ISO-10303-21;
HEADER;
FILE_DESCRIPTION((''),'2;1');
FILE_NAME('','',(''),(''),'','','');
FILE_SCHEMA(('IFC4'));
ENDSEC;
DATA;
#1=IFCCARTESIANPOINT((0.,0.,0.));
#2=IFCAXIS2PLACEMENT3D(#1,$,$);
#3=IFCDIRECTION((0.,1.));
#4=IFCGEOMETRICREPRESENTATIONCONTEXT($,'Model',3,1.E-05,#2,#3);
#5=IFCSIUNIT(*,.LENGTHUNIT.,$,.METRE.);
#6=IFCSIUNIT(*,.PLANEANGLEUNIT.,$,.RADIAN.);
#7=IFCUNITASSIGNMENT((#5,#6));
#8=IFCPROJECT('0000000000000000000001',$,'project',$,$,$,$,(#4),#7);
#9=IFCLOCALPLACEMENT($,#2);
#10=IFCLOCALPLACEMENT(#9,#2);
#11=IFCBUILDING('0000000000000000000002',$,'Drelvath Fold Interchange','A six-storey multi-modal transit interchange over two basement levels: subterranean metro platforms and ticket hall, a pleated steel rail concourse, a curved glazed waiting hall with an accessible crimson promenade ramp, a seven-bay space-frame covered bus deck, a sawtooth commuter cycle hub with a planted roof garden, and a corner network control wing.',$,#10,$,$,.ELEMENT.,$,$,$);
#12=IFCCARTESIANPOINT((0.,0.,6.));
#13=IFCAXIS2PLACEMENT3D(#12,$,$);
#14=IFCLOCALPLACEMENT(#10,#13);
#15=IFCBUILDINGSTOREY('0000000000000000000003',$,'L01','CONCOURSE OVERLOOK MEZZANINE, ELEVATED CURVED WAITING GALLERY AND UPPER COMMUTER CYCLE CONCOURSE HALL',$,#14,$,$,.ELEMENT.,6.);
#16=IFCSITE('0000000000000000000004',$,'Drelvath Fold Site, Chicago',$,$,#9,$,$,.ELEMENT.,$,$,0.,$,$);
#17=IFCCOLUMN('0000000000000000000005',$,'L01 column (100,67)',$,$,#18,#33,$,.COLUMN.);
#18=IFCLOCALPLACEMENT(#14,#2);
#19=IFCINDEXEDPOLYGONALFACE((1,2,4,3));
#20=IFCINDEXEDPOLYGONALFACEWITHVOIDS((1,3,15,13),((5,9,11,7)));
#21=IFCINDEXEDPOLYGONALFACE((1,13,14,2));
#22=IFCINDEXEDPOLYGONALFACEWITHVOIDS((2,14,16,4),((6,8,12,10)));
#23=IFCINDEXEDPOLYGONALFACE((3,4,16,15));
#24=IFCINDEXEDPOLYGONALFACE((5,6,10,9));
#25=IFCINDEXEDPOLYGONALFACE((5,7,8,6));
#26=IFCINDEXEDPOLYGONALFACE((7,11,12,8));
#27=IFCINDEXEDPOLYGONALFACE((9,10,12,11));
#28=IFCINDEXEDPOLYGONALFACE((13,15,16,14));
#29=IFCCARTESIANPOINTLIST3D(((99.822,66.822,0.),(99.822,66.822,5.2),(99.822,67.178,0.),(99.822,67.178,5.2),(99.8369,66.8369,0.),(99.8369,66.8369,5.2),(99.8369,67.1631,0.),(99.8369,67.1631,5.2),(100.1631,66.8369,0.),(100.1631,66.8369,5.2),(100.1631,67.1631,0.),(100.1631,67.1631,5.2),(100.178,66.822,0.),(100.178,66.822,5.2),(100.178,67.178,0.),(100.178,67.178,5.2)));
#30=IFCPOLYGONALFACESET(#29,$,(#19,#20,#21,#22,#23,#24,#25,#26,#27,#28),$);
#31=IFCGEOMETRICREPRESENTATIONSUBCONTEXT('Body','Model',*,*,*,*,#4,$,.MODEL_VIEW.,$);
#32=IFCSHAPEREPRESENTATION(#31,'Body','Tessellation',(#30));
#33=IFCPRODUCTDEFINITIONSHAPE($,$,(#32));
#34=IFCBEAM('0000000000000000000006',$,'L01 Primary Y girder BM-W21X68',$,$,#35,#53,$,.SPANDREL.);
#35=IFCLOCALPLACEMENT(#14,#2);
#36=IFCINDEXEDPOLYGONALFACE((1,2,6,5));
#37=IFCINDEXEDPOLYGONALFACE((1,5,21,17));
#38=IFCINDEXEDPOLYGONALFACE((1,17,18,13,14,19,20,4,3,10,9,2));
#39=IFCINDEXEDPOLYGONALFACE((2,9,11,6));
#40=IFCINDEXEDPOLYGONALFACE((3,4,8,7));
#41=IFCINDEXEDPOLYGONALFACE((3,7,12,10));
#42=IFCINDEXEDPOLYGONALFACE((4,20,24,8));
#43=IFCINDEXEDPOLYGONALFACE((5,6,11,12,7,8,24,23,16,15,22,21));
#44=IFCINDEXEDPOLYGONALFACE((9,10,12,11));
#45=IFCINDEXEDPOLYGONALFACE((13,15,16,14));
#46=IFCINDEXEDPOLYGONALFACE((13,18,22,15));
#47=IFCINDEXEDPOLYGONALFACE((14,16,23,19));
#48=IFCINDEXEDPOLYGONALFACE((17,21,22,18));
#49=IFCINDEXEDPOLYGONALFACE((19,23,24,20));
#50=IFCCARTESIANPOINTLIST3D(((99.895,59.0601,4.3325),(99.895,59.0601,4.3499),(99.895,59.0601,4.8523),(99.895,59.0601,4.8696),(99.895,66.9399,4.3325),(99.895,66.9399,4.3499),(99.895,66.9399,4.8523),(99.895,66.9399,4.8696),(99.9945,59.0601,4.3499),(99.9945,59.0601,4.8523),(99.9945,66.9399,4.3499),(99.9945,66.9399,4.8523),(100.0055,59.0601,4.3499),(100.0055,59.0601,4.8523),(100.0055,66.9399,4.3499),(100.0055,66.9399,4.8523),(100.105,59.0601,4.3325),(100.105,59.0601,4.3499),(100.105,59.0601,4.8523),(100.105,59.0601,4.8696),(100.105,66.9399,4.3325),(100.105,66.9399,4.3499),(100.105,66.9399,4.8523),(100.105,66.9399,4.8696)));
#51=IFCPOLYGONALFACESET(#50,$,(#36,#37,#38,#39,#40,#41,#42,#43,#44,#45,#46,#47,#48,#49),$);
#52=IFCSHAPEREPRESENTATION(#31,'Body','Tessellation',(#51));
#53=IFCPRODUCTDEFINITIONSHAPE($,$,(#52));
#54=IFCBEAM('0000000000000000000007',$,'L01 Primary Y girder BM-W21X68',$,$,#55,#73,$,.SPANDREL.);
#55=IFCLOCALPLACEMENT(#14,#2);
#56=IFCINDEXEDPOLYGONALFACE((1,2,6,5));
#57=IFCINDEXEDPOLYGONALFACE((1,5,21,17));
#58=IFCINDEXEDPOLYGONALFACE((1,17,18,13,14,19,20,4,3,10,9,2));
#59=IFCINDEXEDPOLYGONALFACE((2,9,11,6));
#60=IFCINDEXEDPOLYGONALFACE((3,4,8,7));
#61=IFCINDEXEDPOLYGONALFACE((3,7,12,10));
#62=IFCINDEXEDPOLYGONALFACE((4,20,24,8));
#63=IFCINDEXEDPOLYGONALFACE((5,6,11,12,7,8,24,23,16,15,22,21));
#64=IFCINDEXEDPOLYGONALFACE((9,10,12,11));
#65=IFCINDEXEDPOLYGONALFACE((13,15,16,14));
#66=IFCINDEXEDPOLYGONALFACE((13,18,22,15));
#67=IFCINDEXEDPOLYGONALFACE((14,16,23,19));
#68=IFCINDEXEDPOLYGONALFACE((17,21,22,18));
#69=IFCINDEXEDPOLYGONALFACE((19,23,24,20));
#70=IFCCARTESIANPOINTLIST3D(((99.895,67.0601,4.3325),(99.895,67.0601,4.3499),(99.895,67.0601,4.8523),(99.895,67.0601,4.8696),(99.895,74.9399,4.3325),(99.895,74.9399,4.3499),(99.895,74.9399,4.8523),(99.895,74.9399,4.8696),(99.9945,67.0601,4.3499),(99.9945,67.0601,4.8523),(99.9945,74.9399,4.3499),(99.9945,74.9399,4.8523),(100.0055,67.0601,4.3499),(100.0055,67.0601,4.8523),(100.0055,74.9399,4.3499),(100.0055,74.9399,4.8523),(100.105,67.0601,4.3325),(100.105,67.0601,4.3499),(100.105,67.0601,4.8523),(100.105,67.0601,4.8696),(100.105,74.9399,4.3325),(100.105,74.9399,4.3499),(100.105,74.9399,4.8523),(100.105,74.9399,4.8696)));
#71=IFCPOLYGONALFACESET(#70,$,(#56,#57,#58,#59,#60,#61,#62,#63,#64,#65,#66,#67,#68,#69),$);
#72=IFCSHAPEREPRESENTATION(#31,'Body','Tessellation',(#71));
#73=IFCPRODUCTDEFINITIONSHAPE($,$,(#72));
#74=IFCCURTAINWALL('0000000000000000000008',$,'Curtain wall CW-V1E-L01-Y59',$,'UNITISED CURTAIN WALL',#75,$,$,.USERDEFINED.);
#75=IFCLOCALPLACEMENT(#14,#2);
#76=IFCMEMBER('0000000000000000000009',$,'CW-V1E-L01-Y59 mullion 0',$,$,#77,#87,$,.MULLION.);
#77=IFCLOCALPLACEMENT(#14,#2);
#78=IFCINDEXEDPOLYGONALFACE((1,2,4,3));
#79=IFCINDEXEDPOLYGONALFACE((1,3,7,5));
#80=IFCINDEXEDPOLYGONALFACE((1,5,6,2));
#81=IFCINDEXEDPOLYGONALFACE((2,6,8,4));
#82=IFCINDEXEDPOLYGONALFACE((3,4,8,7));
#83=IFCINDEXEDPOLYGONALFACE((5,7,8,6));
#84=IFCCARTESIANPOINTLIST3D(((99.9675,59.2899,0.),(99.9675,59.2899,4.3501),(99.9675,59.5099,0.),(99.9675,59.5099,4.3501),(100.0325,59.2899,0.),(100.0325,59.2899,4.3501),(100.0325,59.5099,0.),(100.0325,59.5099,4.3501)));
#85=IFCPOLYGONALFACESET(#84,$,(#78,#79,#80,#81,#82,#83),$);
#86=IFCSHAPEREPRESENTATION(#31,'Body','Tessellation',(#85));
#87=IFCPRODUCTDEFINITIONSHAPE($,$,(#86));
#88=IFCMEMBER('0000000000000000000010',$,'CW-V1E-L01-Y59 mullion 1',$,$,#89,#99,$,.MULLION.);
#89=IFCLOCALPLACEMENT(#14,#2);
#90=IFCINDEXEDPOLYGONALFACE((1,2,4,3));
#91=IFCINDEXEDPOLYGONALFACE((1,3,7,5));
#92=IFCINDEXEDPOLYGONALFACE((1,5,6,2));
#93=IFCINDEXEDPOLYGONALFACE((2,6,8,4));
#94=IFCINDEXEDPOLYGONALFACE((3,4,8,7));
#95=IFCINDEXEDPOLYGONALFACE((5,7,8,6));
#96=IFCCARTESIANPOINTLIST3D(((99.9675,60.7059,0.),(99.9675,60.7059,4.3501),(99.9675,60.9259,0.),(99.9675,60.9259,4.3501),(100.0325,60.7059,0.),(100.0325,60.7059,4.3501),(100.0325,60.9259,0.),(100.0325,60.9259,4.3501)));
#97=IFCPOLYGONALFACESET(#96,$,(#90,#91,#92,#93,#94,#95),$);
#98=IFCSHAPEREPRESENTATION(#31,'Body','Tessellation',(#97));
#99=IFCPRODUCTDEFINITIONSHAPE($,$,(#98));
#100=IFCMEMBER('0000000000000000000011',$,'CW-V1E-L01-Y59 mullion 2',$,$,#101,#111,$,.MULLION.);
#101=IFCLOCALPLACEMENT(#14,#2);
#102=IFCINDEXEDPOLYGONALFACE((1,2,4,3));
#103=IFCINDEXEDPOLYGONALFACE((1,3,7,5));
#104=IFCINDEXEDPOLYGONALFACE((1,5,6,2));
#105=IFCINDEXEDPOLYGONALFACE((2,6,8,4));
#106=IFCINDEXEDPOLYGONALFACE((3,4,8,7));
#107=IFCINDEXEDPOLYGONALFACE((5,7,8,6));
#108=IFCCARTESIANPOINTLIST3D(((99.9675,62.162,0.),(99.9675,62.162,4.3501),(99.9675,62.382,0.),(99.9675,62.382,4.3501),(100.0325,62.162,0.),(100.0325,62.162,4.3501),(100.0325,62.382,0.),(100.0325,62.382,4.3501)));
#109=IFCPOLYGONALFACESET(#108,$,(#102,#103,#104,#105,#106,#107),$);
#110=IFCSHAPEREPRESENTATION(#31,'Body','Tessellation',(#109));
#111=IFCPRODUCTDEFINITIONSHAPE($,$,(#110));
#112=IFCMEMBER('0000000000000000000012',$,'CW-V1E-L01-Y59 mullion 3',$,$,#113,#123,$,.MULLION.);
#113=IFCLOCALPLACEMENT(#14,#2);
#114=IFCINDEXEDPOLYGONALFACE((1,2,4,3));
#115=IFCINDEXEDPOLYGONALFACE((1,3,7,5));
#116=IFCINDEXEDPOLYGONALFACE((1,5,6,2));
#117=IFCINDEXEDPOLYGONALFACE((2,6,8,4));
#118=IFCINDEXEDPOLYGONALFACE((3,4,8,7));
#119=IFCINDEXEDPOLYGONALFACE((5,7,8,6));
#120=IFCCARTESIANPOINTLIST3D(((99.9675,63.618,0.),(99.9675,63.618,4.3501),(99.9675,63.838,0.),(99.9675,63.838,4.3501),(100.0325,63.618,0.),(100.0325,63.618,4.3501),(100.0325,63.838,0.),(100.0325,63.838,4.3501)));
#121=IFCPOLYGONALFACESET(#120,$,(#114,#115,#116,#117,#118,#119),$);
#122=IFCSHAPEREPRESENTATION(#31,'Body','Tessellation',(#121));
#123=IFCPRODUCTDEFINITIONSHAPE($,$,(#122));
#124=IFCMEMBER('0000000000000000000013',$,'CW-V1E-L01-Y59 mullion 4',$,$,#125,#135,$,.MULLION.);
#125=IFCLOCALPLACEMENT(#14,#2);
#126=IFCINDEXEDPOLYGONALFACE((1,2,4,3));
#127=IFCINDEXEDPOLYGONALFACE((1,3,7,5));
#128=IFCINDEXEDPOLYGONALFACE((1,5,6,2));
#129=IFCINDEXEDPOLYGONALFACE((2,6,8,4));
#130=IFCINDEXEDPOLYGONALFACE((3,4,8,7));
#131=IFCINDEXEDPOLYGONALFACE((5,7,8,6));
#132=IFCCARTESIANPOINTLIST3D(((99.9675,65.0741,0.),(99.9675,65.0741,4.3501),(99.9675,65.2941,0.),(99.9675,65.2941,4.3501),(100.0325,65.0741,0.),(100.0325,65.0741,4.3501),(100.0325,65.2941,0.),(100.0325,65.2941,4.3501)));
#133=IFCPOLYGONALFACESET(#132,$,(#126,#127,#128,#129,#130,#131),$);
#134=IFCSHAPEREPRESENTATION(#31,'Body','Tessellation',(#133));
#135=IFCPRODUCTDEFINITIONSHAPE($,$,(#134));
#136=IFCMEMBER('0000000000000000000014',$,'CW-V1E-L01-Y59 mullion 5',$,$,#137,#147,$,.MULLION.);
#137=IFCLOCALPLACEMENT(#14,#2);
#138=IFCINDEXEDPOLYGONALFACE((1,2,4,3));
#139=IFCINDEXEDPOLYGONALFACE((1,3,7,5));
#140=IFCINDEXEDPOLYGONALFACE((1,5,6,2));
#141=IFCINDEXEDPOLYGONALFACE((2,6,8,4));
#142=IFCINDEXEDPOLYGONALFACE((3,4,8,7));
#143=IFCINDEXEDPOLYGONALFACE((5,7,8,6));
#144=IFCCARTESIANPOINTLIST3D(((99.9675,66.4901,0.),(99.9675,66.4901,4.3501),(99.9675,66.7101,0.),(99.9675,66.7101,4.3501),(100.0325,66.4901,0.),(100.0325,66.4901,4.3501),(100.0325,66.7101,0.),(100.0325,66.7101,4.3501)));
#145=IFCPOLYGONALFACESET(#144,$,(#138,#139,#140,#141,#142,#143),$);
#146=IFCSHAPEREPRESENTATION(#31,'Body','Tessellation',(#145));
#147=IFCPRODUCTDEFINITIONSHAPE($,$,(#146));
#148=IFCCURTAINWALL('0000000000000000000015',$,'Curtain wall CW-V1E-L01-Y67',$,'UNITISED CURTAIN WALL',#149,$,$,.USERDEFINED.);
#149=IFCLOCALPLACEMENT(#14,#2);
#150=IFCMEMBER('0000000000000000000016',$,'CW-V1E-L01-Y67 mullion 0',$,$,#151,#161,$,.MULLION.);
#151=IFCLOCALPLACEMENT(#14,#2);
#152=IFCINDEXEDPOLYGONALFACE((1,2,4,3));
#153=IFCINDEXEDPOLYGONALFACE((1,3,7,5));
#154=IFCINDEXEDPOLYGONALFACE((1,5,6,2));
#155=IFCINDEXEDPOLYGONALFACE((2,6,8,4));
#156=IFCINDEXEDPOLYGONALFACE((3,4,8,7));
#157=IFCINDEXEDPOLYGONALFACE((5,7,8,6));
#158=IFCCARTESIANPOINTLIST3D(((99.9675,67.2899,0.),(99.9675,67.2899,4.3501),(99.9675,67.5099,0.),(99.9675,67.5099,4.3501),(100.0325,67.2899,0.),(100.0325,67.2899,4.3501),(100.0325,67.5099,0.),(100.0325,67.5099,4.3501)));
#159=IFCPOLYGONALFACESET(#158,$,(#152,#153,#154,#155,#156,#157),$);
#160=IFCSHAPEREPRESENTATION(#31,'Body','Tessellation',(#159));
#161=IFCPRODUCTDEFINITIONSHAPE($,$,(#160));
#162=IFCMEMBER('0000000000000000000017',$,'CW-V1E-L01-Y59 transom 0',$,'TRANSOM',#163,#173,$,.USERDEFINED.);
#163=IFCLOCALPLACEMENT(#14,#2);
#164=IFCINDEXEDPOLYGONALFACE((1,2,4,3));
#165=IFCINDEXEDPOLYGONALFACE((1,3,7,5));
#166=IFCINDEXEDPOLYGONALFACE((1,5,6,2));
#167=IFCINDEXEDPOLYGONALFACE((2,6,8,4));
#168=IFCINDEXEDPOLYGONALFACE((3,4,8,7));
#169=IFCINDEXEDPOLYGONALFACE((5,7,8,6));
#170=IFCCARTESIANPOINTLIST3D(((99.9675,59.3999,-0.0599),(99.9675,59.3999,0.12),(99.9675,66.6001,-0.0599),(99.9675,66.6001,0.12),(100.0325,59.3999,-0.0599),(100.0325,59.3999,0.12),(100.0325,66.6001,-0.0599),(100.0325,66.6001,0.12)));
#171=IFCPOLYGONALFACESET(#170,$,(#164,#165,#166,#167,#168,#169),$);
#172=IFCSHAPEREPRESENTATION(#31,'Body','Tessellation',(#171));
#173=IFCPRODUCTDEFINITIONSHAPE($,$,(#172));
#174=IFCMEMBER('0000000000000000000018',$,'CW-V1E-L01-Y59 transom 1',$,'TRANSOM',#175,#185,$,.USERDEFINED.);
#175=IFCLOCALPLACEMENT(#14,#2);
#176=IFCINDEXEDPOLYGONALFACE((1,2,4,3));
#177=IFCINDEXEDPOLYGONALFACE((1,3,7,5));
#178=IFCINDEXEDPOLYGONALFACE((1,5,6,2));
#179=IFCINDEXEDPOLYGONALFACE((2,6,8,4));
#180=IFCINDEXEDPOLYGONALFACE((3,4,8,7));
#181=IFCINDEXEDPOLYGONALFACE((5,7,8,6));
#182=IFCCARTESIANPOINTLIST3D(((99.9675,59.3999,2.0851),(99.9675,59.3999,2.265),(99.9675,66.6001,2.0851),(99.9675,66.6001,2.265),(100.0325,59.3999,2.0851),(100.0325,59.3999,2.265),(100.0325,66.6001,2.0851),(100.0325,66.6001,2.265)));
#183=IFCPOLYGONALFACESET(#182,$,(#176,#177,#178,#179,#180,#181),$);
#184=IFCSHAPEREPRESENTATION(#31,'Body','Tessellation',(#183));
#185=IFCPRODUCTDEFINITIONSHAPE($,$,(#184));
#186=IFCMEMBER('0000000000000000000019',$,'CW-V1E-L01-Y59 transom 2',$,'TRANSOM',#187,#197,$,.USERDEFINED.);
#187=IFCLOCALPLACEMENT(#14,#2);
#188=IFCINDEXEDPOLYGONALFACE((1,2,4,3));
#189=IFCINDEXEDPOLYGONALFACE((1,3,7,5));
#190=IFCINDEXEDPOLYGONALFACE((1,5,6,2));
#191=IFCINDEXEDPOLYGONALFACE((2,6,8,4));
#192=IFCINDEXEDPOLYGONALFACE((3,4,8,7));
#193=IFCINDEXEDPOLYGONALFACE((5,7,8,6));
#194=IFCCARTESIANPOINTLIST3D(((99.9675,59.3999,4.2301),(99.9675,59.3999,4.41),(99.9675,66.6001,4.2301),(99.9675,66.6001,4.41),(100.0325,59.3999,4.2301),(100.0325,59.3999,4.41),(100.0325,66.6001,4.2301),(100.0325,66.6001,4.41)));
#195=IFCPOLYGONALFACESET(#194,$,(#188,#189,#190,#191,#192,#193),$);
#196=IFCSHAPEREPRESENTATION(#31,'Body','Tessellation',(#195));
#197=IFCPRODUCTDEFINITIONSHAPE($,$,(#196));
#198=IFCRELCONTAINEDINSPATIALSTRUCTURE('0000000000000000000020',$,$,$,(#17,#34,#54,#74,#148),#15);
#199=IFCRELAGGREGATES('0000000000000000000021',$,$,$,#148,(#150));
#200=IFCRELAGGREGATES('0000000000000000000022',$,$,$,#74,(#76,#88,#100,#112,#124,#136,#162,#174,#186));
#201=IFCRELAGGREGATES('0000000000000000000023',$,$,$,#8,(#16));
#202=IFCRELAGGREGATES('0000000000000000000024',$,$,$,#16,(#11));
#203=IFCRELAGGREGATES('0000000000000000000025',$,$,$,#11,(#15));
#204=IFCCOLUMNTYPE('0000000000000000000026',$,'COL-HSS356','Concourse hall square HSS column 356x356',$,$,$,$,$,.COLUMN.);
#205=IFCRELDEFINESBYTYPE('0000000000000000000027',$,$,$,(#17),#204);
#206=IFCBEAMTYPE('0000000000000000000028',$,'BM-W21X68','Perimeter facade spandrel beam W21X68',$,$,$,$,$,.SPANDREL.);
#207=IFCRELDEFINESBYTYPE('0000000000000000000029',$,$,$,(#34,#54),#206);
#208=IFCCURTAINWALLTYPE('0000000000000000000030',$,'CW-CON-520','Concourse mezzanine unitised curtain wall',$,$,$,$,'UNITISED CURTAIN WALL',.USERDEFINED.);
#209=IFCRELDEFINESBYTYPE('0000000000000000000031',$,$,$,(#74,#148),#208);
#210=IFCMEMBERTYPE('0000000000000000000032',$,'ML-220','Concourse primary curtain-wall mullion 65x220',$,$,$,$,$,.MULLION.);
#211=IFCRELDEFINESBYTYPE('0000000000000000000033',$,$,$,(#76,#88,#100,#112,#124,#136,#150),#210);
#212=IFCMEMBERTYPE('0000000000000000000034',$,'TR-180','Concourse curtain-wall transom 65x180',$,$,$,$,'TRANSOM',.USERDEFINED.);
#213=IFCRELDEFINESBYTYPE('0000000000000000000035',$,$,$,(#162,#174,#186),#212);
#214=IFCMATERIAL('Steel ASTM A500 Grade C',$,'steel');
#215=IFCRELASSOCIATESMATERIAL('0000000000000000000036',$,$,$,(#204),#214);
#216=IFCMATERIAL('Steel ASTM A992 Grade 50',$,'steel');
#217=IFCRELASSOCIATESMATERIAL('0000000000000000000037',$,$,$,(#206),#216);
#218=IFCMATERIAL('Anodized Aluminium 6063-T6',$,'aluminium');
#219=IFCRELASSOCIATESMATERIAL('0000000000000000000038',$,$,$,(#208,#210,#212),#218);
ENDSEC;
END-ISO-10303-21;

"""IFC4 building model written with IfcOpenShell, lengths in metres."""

from ifc_helpers import new_model, si_unit, direction, frame, origin, origin_2d, place, context, subcontext, project, spatial, rectangle, hollow_rectangle, i_section, extrude, material, material_profile, profile_set, type_object, element, aggregate, save


model = new_model("IFC4")

# Units and contexts
model_context = context("Model", 3, precision=1e-05, world=origin(), true_north=direction((0.0, 1.0)))
body_context = subcontext(model_context, "Body", "Model", "MODEL_VIEW")
ifc_project = project(units=[si_unit("LENGTHUNIT", "METRE"), si_unit("PLANEANGLEUNIT", "RADIAN")], contexts=[model_context])

# Site, building, storey
site_placement = place(None, origin())
site = spatial("IfcSite", under=ifc_project, at=site_placement, Name="Drelvath Fold Site, Chicago", CompositionType="ELEMENT", RefElevation=0.0)
building_placement = place(site_placement, origin())
building = spatial("IfcBuilding", under=site, at=building_placement, Name="Drelvath Fold Interchange", Description="A six-storey multi-modal transit interchange over two basement levels: subterranean metro platforms and ticket hall, a pleated steel rail concourse, a curved glazed waiting hall with an accessible crimson promenade ramp, a seven-bay space-frame covered bus deck, a sawtooth commuter cycle hub with a planted roof garden, and a corner network control wing.", CompositionType="ELEMENT")
storey_placement = place(building_placement, frame((0.0, 0.0, 6.0)))
storey = spatial("IfcBuildingStorey", under=building, at=storey_placement, Name="L01", Description="CONCOURSE OVERLOOK MEZZANINE, ELEVATED CURVED WAITING GALLERY AND UPPER COMMUTER CYCLE CONCOURSE HALL", CompositionType="ELEMENT", Elevation=6.0)

# Column
ifc_material_1 = material(Name="Steel ASTM A500 Grade C", Category="steel")
ifc_material_profile_1 = material_profile(ifc_material_1, hollow_rectangle(XDim=0.356, YDim=0.356, WallThickness=0.0149, at=origin_2d()), Name="HSS14X14X5/8")
ifc_profile_set_1 = profile_set([ifc_material_profile_1], Name="Steel ASTM A500 Grade C")
column_type = type_object("IfcColumnType", Name="COL-HSS356", Description="Concourse hall square HSS column 356x356", PredefinedType="COLUMN", material=ifc_profile_set_1)
column_placement = place(storey_placement, frame((100.0, 67.0, 0.0), z_axis=(0.0, 0.0, 1.0), x_axis=(1.0, 0.0, 0.0)))
element("IfcColumn", 1, at=column_placement, inside=storey, type_object=column_type, Name="L01 column (100,67)", PredefinedType="COLUMN", context=body_context, shape_type="SweptSolid", body=[
    extrude(hollow_rectangle(XDim=0.356, YDim=0.356, WallThickness=0.0149, at=origin_2d()), origin(), (0.0, 0.0, 1.0), 5.2),
])

# Beams
ifc_material_2 = material(Name="Steel ASTM A992 Grade 50", Category="steel")
ifc_material_profile_2 = material_profile(ifc_material_2, i_section(OverallWidth=0.21, OverallDepth=0.5371, WebThickness=0.011, FlangeThickness=0.0173, at=origin_2d()), Name="W21X68")
ifc_profile_set_2 = profile_set([ifc_material_profile_2], Name="Steel ASTM A992 Grade 50")
beam_type = type_object("IfcBeamType", Name="BM-W21X68", Description="Perimeter facade spandrel beam W21X68", PredefinedType="SPANDREL", material=ifc_profile_set_2)
for number, where, z_axis, x_axis, name in (
    (2, (100.0, 59.0601, 4.6011), (0.0, 1.0, 0.0), (-1.0, 0.0, 0.0), "L01 Primary Y girder BM-W21X68"),
    (3, (100.0, 67.0601, 4.6011), (0.0, 1.0, 0.0), (-1.0, 0.0, 0.0), "L01 Primary Y girder BM-W21X68"),
):
    element("IfcBeam", number, at=place(storey_placement, frame(where, z_axis=z_axis, x_axis=x_axis)), inside=storey, type_object=beam_type, Name=name, PredefinedType="SPANDREL", context=body_context, shape_type="SweptSolid", body=[
        extrude(i_section(OverallWidth=0.21, OverallDepth=0.5371, WebThickness=0.011, FlangeThickness=0.0173, at=origin_2d()), origin(), (0.0, 0.0, 1.0), 7.8799),
    ])

# Curtain wall, members
ifc_material_3 = material(Name="Anodized Aluminium 6063-T6", Category="aluminium")
curtain_wall_type = type_object("IfcCurtainWallType", Name="CW-CON-520", Description="Concourse mezzanine unitised curtain wall", ElementType="UNITISED CURTAIN WALL", PredefinedType="USERDEFINED", material=ifc_material_3)
curtain_wall_1_placement = place(storey_placement, origin())
curtain_wall_1 = element("IfcCurtainWall", 4, at=curtain_wall_1_placement, inside=storey, type_object=curtain_wall_type, Name="Curtain wall CW-V1E-L01-Y59", ObjectType="UNITISED CURTAIN WALL", PredefinedType="USERDEFINED")
ifc_material_profile_3 = material_profile(ifc_material_3, rectangle(XDim=0.0649, YDim=0.22, at=origin_2d()), Name="AL-M 65x220")
ifc_profile_set_3 = profile_set([ifc_material_profile_3], Name="Anodized Aluminium 6063-T6")
member_type_1 = type_object("IfcMemberType", Name="ML-220", Description="Concourse primary curtain-wall mullion 65x220", PredefinedType="MULLION", material=ifc_profile_set_3)
member_1_placement = place(storey_placement, frame((100.0, 59.3999, 0.0), z_axis=(0.0, 0.0, 1.0), x_axis=(1.0, 0.0, 0.0)))
member_1 = element("IfcMember", 5, at=member_1_placement, type_object=member_type_1, Name="CW-V1E-L01-Y59 mullion 0", PredefinedType="MULLION", context=body_context, shape_type="SweptSolid", body=[
    extrude(rectangle(XDim=0.0649, YDim=0.22, at=origin_2d()), origin(), (0.0, 0.0, 1.0), 4.3501),
])
member_2_placement = place(storey_placement, frame((100.0, 60.8159, 0.0), z_axis=(0.0, 0.0, 1.0), x_axis=(1.0, 0.0, 0.0)))
member_2 = element("IfcMember", 6, at=member_2_placement, type_object=member_type_1, Name="CW-V1E-L01-Y59 mullion 1", PredefinedType="MULLION", context=body_context, shape_type="SweptSolid", body=[
    extrude(rectangle(XDim=0.0649, YDim=0.22, at=origin_2d()), origin(), (0.0, 0.0, 1.0), 4.3501),
])
member_3_placement = place(storey_placement, frame((100.0, 62.272, 0.0), z_axis=(0.0, 0.0, 1.0), x_axis=(1.0, 0.0, 0.0)))
member_3 = element("IfcMember", 7, at=member_3_placement, type_object=member_type_1, Name="CW-V1E-L01-Y59 mullion 2", PredefinedType="MULLION", context=body_context, shape_type="SweptSolid", body=[
    extrude(rectangle(XDim=0.0649, YDim=0.22, at=origin_2d()), origin(), (0.0, 0.0, 1.0), 4.3501),
])
member_4_placement = place(storey_placement, frame((100.0, 63.728, 0.0), z_axis=(0.0, 0.0, 1.0), x_axis=(1.0, 0.0, 0.0)))
member_4 = element("IfcMember", 8, at=member_4_placement, type_object=member_type_1, Name="CW-V1E-L01-Y59 mullion 3", PredefinedType="MULLION", context=body_context, shape_type="SweptSolid", body=[
    extrude(rectangle(XDim=0.0649, YDim=0.22, at=origin_2d()), origin(), (0.0, 0.0, 1.0), 4.3501),
])
member_5_placement = place(storey_placement, frame((100.0, 65.1841, 0.0), z_axis=(0.0, 0.0, 1.0), x_axis=(1.0, 0.0, 0.0)))
member_5 = element("IfcMember", 9, at=member_5_placement, type_object=member_type_1, Name="CW-V1E-L01-Y59 mullion 4", PredefinedType="MULLION", context=body_context, shape_type="SweptSolid", body=[
    extrude(rectangle(XDim=0.0649, YDim=0.22, at=origin_2d()), origin(), (0.0, 0.0, 1.0), 4.3501),
])
member_6_placement = place(storey_placement, frame((100.0, 66.6001, 0.0), z_axis=(0.0, 0.0, 1.0), x_axis=(1.0, 0.0, 0.0)))
member_6 = element("IfcMember", 10, at=member_6_placement, type_object=member_type_1, Name="CW-V1E-L01-Y59 mullion 5", PredefinedType="MULLION", context=body_context, shape_type="SweptSolid", body=[
    extrude(rectangle(XDim=0.0649, YDim=0.22, at=origin_2d()), origin(), (0.0, 0.0, 1.0), 4.3501),
])

# Curtain wall, member
curtain_wall_2_placement = place(storey_placement, origin())
curtain_wall_2 = element("IfcCurtainWall", 11, at=curtain_wall_2_placement, inside=storey, type_object=curtain_wall_type, Name="Curtain wall CW-V1E-L01-Y67", ObjectType="UNITISED CURTAIN WALL", PredefinedType="USERDEFINED")
member_7_placement = place(storey_placement, frame((100.0, 67.3999, 0.0), z_axis=(0.0, 0.0, 1.0), x_axis=(1.0, 0.0, 0.0)))
member_7 = element("IfcMember", 12, at=member_7_placement, type_object=member_type_1, Name="CW-V1E-L01-Y67 mullion 0", PredefinedType="MULLION", context=body_context, shape_type="SweptSolid", body=[
    extrude(rectangle(XDim=0.0649, YDim=0.22, at=origin_2d()), origin(), (0.0, 0.0, 1.0), 4.3501),
])

# Members
ifc_material_profile_4 = material_profile(ifc_material_3, rectangle(XDim=0.0649, YDim=0.1799, at=origin_2d()), Name="AL-T 65x180")
ifc_profile_set_4 = profile_set([ifc_material_profile_4], Name="Anodized Aluminium 6063-T6")
member_type_2 = type_object("IfcMemberType", Name="TR-180", Description="Concourse curtain-wall transom 65x180", ElementType="TRANSOM", PredefinedType="USERDEFINED", material=ifc_profile_set_4)
member_8_placement = place(storey_placement, frame((100.0, 59.3999, 0.03), z_axis=(0.0, 1.0, 0.0), x_axis=(-1.0, 0.0, 0.0)))
member_8 = element("IfcMember", 13, at=member_8_placement, type_object=member_type_2, Name="CW-V1E-L01-Y59 transom 0", ObjectType="TRANSOM", PredefinedType="USERDEFINED", context=body_context, shape_type="SweptSolid", body=[
    extrude(rectangle(XDim=0.0649, YDim=0.1799, at=origin_2d()), origin(), (0.0, 0.0, 1.0), 7.2002),
])
member_9_placement = place(storey_placement, frame((100.0, 59.3999, 2.175), z_axis=(0.0, 1.0, 0.0), x_axis=(-1.0, 0.0, 0.0)))
member_9 = element("IfcMember", 14, at=member_9_placement, type_object=member_type_2, Name="CW-V1E-L01-Y59 transom 1", ObjectType="TRANSOM", PredefinedType="USERDEFINED", context=body_context, shape_type="SweptSolid", body=[
    extrude(rectangle(XDim=0.0649, YDim=0.1799, at=origin_2d()), origin(), (0.0, 0.0, 1.0), 7.2002),
])
member_10_placement = place(storey_placement, frame((100.0, 59.3999, 4.3201), z_axis=(0.0, 1.0, 0.0), x_axis=(-1.0, 0.0, 0.0)))
member_10 = element("IfcMember", 15, at=member_10_placement, type_object=member_type_2, Name="CW-V1E-L01-Y59 transom 2", ObjectType="TRANSOM", PredefinedType="USERDEFINED", context=body_context, shape_type="SweptSolid", body=[
    extrude(rectangle(XDim=0.0649, YDim=0.1799, at=origin_2d()), origin(), (0.0, 0.0, 1.0), 7.2002),
])
aggregate(curtain_wall_2, [member_7])

aggregate(curtain_wall_1, [member_1, member_2, member_3, member_4, member_5, member_6, member_8, member_9, member_10])

save(model, "model.ifc")
